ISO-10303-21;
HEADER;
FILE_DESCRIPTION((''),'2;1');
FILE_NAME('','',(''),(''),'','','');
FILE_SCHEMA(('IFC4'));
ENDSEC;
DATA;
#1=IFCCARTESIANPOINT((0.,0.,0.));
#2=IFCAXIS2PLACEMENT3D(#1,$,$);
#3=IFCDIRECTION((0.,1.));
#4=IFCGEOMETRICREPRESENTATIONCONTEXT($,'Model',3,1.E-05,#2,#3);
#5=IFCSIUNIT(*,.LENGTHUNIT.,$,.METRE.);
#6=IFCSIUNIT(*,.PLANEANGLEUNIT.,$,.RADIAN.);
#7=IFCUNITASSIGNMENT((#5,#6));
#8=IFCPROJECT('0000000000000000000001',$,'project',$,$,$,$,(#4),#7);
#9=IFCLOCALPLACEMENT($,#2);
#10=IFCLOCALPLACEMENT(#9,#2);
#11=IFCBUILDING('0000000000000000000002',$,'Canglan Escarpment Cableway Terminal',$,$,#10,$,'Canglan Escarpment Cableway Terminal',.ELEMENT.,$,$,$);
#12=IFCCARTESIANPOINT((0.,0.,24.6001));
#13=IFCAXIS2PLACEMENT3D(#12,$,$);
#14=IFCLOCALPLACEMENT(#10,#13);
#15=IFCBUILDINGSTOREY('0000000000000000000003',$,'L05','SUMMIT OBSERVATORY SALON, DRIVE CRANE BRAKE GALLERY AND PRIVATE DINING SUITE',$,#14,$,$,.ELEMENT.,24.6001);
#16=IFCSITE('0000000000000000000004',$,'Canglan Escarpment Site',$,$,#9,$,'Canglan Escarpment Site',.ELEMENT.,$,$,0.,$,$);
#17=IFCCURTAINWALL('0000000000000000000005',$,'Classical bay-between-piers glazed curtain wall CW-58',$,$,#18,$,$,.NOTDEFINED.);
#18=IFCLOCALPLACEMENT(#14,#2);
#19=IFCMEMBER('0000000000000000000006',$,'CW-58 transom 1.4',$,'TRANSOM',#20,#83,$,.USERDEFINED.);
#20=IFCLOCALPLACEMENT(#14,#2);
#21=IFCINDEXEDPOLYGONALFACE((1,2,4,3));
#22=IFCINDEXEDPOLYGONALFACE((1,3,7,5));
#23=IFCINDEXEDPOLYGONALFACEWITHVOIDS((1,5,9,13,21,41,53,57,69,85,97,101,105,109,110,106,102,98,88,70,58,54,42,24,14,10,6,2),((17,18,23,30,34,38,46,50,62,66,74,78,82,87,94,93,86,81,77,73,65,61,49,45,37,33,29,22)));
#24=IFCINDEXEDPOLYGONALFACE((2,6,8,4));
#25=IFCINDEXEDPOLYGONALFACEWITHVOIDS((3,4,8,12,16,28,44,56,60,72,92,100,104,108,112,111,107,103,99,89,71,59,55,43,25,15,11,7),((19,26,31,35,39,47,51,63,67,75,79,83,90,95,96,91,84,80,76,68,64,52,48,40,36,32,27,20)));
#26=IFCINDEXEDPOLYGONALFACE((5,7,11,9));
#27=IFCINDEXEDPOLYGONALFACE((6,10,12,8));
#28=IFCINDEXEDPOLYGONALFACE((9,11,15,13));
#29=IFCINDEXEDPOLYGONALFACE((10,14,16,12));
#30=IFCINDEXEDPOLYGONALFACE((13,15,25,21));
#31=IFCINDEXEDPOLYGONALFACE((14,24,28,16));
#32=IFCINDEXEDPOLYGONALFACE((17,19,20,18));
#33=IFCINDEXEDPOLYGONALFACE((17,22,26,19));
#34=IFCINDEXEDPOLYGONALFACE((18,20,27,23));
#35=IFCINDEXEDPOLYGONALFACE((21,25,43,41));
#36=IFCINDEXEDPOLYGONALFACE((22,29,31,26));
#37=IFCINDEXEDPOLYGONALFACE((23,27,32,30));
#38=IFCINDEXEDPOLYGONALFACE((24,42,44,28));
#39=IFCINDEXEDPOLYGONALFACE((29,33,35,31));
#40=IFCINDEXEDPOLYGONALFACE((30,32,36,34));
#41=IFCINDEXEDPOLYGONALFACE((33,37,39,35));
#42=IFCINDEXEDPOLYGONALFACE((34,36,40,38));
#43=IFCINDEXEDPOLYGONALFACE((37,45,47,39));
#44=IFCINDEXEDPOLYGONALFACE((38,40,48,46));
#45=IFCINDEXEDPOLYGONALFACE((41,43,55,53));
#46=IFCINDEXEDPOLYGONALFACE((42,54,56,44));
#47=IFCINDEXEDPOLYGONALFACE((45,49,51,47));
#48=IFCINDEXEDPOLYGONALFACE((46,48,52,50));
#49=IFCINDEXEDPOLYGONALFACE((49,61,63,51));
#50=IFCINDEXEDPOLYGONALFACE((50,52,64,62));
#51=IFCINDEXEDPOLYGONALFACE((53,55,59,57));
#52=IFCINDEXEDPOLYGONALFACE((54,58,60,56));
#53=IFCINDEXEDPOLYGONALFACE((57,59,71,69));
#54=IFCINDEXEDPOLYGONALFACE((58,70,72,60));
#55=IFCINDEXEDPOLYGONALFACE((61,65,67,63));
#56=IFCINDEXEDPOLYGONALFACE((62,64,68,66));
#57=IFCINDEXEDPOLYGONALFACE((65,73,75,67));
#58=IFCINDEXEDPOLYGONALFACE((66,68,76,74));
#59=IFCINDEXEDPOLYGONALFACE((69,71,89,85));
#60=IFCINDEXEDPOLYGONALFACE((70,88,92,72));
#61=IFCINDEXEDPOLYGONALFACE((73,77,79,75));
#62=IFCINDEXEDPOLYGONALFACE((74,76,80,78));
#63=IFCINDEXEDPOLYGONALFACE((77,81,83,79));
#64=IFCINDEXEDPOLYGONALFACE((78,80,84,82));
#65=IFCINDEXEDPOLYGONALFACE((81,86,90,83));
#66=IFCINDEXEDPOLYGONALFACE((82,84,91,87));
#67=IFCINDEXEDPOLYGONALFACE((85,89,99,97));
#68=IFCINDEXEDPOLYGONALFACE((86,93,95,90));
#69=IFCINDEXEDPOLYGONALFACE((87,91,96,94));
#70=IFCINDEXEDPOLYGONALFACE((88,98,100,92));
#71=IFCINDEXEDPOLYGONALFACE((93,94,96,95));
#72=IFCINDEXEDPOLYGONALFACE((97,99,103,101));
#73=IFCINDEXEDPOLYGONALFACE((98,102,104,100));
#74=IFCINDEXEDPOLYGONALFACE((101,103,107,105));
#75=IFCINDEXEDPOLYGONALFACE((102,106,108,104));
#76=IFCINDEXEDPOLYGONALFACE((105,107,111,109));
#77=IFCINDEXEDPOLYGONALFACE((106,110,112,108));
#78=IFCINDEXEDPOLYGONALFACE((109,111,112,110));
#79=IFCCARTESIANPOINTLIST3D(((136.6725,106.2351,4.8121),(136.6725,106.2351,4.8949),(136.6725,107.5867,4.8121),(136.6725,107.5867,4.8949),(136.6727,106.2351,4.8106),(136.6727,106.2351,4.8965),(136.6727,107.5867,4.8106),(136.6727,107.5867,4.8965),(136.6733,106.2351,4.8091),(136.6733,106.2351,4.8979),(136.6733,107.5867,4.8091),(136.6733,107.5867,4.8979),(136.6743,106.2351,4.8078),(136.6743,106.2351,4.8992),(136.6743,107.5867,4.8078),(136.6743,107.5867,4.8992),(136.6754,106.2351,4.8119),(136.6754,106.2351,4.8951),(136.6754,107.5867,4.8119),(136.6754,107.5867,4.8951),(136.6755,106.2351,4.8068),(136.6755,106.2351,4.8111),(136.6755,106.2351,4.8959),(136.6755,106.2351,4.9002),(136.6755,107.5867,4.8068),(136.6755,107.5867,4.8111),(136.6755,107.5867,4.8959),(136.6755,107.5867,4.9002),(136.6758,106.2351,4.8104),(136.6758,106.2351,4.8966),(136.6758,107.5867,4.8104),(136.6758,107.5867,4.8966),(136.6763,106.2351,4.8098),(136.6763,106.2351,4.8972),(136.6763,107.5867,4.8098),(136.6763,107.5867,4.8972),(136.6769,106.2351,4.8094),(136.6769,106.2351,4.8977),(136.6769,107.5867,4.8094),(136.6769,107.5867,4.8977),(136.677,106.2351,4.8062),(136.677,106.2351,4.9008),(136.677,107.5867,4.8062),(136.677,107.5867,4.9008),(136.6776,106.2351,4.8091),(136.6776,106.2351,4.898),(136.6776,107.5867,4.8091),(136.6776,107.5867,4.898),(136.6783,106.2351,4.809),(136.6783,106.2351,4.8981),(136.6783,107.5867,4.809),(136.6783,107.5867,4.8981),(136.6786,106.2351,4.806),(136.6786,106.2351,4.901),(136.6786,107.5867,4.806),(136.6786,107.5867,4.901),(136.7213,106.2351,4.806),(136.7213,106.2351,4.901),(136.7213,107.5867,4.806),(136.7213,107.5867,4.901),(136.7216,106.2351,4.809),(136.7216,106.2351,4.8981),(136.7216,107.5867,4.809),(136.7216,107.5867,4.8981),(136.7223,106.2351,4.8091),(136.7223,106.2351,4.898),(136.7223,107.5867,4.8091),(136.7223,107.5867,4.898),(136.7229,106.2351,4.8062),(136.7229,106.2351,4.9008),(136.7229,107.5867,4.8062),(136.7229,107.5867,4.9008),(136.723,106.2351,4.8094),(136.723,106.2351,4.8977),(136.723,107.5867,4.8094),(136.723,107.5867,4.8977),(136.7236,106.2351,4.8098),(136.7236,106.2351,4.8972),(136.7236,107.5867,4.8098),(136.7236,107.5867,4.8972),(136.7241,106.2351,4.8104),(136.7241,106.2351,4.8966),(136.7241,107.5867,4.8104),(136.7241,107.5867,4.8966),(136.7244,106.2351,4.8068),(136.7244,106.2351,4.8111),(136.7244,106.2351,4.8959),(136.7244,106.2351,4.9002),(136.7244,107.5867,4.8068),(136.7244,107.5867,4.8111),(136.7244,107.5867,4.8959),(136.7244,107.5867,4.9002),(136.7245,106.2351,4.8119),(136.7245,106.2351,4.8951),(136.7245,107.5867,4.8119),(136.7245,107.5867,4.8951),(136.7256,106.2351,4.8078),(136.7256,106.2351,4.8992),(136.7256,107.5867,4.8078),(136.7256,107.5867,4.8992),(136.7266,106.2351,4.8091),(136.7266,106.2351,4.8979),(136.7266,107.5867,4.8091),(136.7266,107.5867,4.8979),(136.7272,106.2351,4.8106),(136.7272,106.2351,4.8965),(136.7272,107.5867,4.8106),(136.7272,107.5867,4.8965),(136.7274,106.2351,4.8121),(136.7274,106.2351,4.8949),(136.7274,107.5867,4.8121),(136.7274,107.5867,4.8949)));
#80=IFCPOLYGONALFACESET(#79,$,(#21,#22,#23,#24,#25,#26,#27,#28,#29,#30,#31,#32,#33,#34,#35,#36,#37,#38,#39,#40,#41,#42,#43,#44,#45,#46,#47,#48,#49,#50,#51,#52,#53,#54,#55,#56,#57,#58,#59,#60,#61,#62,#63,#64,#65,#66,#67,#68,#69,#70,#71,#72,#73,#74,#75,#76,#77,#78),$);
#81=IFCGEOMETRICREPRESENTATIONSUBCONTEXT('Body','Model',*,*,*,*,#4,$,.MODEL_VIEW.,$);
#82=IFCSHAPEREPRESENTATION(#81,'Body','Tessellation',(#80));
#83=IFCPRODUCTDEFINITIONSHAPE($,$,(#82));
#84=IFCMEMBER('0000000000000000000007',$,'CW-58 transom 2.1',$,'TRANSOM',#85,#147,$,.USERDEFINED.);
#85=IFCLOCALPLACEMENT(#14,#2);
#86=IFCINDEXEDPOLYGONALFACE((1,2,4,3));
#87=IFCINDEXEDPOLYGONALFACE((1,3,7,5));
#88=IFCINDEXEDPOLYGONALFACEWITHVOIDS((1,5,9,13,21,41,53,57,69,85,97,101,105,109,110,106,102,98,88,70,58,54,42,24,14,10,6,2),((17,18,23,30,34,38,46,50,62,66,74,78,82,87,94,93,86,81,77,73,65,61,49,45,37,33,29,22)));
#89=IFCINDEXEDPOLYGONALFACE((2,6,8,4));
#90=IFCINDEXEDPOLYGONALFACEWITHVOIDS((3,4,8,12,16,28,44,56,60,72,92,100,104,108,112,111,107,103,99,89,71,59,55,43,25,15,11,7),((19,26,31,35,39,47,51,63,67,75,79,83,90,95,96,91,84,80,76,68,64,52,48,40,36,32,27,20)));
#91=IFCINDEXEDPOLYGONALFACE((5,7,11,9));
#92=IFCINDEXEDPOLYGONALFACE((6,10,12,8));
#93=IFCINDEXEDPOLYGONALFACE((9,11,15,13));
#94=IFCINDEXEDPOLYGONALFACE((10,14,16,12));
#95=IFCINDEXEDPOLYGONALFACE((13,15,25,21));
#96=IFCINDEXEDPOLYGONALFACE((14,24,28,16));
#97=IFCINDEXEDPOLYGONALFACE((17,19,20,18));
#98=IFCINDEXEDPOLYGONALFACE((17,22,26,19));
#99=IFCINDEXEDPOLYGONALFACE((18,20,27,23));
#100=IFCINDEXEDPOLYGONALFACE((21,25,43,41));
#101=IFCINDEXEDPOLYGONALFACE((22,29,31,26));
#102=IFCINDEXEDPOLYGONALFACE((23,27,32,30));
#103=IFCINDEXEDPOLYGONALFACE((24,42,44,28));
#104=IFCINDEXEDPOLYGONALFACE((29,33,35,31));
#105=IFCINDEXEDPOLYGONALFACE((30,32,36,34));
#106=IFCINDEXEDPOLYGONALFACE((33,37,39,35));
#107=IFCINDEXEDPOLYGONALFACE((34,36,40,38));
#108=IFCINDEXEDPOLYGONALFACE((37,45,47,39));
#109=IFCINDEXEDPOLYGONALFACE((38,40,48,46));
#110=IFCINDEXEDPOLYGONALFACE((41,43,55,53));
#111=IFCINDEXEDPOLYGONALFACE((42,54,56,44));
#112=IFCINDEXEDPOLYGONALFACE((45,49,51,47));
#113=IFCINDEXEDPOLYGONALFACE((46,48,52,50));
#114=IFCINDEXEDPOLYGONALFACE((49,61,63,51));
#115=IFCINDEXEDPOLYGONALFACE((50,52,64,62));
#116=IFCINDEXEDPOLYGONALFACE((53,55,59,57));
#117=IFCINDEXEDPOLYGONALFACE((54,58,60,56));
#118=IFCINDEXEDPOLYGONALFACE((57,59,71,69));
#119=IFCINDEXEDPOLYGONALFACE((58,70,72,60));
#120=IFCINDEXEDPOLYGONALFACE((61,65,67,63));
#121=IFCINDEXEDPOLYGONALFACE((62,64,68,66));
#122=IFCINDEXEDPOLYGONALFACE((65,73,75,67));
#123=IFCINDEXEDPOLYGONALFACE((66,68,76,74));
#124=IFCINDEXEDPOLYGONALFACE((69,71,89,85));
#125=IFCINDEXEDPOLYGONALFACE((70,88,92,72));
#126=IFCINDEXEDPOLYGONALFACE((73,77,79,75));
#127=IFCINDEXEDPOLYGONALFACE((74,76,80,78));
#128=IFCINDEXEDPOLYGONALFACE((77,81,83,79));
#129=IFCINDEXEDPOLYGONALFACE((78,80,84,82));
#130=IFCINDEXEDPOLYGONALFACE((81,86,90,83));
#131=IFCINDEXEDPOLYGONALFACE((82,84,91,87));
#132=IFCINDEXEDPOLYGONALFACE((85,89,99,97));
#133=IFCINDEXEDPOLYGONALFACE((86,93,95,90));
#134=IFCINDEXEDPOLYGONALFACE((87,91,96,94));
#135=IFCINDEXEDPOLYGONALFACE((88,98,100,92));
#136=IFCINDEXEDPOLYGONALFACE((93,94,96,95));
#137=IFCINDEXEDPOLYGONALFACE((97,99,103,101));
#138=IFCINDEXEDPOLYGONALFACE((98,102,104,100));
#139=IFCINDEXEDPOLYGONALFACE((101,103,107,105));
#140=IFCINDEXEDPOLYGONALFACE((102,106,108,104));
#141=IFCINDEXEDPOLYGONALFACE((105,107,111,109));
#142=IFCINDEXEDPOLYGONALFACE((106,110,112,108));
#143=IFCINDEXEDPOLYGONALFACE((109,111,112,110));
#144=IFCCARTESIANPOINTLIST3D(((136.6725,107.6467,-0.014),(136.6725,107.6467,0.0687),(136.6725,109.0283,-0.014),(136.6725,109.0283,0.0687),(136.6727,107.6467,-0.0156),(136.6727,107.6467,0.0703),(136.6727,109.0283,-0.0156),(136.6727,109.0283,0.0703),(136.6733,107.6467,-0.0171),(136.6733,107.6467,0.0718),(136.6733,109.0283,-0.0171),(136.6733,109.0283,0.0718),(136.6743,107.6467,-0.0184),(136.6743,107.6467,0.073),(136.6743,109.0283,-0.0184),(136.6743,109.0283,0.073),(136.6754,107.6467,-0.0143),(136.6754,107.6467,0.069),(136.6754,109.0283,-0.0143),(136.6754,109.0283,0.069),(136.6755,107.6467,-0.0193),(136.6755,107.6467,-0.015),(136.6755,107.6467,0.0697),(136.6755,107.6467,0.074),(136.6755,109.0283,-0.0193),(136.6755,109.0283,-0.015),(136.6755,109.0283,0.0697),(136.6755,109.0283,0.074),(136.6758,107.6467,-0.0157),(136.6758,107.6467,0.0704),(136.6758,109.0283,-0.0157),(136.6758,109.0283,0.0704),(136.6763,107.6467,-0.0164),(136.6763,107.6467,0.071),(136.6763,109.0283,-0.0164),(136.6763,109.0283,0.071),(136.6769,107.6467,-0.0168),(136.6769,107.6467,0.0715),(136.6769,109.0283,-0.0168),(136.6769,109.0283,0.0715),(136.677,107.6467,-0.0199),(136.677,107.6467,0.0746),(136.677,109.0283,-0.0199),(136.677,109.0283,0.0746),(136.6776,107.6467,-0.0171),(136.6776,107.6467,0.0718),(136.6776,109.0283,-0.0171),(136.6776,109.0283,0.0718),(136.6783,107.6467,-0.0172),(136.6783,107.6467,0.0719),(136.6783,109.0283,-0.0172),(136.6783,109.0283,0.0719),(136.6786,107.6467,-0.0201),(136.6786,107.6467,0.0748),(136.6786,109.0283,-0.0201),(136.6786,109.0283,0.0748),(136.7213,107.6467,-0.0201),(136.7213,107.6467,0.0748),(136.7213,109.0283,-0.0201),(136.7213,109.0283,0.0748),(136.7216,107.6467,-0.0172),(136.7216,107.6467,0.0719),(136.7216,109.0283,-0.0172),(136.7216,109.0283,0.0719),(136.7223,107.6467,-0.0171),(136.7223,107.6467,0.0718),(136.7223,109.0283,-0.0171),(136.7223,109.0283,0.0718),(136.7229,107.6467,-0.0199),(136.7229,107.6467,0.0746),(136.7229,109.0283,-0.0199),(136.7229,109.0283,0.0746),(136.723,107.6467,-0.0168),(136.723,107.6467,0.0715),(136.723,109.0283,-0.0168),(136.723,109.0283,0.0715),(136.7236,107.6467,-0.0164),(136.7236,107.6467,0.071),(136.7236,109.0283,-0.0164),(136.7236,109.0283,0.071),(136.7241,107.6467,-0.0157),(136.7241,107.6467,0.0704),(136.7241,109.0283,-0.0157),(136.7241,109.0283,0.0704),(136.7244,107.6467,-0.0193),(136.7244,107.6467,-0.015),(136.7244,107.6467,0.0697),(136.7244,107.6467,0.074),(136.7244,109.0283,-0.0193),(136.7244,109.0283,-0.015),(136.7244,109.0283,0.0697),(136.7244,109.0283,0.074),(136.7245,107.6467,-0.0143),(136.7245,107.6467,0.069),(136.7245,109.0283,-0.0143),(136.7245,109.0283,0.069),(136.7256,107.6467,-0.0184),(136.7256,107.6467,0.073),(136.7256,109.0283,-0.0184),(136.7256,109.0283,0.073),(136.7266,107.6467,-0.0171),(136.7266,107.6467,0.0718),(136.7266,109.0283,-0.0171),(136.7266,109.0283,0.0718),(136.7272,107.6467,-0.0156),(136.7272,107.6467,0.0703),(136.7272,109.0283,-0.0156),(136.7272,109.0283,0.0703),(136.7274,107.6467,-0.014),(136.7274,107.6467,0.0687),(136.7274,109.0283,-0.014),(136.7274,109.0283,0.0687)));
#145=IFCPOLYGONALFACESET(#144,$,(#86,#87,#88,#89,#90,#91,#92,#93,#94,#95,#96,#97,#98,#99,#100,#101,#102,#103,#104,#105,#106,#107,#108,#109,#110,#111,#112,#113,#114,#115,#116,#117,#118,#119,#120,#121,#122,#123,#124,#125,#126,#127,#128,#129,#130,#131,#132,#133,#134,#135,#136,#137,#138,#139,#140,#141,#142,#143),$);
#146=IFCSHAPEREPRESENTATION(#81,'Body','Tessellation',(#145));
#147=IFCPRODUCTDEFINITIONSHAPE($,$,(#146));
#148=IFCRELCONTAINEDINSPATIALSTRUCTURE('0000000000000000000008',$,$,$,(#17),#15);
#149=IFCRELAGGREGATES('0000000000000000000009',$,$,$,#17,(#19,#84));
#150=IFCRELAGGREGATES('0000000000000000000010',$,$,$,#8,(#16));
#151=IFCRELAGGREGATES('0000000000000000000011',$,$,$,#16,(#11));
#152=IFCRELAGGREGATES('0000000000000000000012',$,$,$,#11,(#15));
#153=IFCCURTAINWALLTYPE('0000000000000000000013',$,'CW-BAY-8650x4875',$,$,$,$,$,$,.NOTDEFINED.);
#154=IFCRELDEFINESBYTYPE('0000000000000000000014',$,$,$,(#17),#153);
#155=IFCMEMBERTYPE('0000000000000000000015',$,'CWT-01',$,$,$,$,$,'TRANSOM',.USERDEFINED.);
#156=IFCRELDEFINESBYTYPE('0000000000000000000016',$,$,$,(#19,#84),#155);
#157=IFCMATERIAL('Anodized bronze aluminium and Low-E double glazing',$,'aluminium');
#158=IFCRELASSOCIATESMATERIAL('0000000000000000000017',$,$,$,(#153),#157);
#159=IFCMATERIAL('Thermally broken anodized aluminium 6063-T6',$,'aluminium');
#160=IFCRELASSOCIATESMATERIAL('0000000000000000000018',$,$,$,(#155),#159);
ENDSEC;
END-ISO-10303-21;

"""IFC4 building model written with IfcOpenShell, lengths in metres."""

from ifc_helpers import new_model, si_unit, direction, frame, origin, origin_2d, place, context, subcontext, project, spatial, hollow_rectangle, extrude, material, material_profile, profile_set, type_object, element, aggregate, save


model = new_model("IFC4")

# Units and contexts
model_context = context("Model", 3, precision=1e-05, world=origin(), true_north=direction((0.0, 1.0)))
body_context = subcontext(model_context, "Body", "Model", "MODEL_VIEW")
ifc_project = project(units=[si_unit("LENGTHUNIT", "METRE"), si_unit("PLANEANGLEUNIT", "RADIAN")], contexts=[model_context])

# Site, building, storey
site_placement = place(None, origin())
site = spatial("IfcSite", under=ifc_project, at=site_placement, Name="Canglan Escarpment Site", LongName="Canglan Escarpment Site", CompositionType="ELEMENT", RefElevation=0.0)
building_placement = place(site_placement, origin())
building = spatial("IfcBuilding", under=site, at=building_placement, Name="Canglan Escarpment Cableway Terminal", LongName="Canglan Escarpment Cableway Terminal", CompositionType="ELEMENT")
storey_placement = place(building_placement, frame((0.0, 0.0, 24.6001)))
storey = spatial("IfcBuildingStorey", under=building, at=storey_placement, Name="L05", Description="SUMMIT OBSERVATORY SALON, DRIVE CRANE BRAKE GALLERY AND PRIVATE DINING SUITE", CompositionType="ELEMENT", Elevation=24.6001)

# Curtain wall
ifc_material_1 = material(Name="Anodized bronze aluminium and Low-E double glazing", Category="aluminium")
curtain_wall_type = type_object("IfcCurtainWallType", Name="CW-BAY-8650x4875", PredefinedType="NOTDEFINED", material=ifc_material_1)
curtain_wall_1_placement = place(storey_placement, origin())
curtain_wall_1 = element("IfcCurtainWall", 1, at=curtain_wall_1_placement, inside=storey, type_object=curtain_wall_type, Name="Classical bay-between-piers glazed curtain wall CW-58", PredefinedType="NOTDEFINED")
ifc_material_2 = material(Name="Thermally broken anodized aluminium 6063-T6", Category="aluminium")

# Members
ifc_material_profile_1 = material_profile(ifc_material_2, hollow_rectangle(XDim=0.0549, YDim=0.095, WallThickness=0.0029, InnerFilletRadius=0.0029, OuterFilletRadius=0.0061, at=origin_2d()), Name="ALU-TRAN 55x95x3")
ifc_profile_set_1 = profile_set([ifc_material_profile_1], Name="Thermally broken anodized aluminium 6063-T6")
member_type_1 = type_object("IfcMemberType", Name="CWT-01", ElementType="TRANSOM", PredefinedType="USERDEFINED", material=ifc_profile_set_1)
member_1_placement = place(storey_placement, frame((136.7, 106.2351, 4.8535), z_axis=(0.0, 1.0, 0.0), x_axis=(-1.0, 0.0, 0.0)))
member_1 = element("IfcMember", 2, at=member_1_placement, type_object=member_type_1, Name="CW-58 transom 1.4", ObjectType="TRANSOM", PredefinedType="USERDEFINED", context=body_context, shape_type="SweptSolid", body=[
    extrude(hollow_rectangle(XDim=0.0549, YDim=0.095, WallThickness=0.0029, InnerFilletRadius=0.0029, OuterFilletRadius=0.0061, at=origin_2d()), origin(), (0.0, 0.0, 1.0), 1.3516),
])
member_2_placement = place(storey_placement, frame((136.7, 107.6467, 0.0273), z_axis=(0.0, 1.0, 0.0), x_axis=(-1.0, 0.0, 0.0)))
member_2 = element("IfcMember", 3, at=member_2_placement, type_object=member_type_1, Name="CW-58 transom 2.1", ObjectType="TRANSOM", PredefinedType="USERDEFINED", context=body_context, shape_type="SweptSolid", body=[
    extrude(hollow_rectangle(XDim=0.0549, YDim=0.095, WallThickness=0.0029, InnerFilletRadius=0.0029, OuterFilletRadius=0.0061, at=origin_2d()), origin(), (0.0, 0.0, 1.0), 1.3816),
])

aggregate(curtain_wall_1, [member_1, member_2])

save(model, "model.ifc")
